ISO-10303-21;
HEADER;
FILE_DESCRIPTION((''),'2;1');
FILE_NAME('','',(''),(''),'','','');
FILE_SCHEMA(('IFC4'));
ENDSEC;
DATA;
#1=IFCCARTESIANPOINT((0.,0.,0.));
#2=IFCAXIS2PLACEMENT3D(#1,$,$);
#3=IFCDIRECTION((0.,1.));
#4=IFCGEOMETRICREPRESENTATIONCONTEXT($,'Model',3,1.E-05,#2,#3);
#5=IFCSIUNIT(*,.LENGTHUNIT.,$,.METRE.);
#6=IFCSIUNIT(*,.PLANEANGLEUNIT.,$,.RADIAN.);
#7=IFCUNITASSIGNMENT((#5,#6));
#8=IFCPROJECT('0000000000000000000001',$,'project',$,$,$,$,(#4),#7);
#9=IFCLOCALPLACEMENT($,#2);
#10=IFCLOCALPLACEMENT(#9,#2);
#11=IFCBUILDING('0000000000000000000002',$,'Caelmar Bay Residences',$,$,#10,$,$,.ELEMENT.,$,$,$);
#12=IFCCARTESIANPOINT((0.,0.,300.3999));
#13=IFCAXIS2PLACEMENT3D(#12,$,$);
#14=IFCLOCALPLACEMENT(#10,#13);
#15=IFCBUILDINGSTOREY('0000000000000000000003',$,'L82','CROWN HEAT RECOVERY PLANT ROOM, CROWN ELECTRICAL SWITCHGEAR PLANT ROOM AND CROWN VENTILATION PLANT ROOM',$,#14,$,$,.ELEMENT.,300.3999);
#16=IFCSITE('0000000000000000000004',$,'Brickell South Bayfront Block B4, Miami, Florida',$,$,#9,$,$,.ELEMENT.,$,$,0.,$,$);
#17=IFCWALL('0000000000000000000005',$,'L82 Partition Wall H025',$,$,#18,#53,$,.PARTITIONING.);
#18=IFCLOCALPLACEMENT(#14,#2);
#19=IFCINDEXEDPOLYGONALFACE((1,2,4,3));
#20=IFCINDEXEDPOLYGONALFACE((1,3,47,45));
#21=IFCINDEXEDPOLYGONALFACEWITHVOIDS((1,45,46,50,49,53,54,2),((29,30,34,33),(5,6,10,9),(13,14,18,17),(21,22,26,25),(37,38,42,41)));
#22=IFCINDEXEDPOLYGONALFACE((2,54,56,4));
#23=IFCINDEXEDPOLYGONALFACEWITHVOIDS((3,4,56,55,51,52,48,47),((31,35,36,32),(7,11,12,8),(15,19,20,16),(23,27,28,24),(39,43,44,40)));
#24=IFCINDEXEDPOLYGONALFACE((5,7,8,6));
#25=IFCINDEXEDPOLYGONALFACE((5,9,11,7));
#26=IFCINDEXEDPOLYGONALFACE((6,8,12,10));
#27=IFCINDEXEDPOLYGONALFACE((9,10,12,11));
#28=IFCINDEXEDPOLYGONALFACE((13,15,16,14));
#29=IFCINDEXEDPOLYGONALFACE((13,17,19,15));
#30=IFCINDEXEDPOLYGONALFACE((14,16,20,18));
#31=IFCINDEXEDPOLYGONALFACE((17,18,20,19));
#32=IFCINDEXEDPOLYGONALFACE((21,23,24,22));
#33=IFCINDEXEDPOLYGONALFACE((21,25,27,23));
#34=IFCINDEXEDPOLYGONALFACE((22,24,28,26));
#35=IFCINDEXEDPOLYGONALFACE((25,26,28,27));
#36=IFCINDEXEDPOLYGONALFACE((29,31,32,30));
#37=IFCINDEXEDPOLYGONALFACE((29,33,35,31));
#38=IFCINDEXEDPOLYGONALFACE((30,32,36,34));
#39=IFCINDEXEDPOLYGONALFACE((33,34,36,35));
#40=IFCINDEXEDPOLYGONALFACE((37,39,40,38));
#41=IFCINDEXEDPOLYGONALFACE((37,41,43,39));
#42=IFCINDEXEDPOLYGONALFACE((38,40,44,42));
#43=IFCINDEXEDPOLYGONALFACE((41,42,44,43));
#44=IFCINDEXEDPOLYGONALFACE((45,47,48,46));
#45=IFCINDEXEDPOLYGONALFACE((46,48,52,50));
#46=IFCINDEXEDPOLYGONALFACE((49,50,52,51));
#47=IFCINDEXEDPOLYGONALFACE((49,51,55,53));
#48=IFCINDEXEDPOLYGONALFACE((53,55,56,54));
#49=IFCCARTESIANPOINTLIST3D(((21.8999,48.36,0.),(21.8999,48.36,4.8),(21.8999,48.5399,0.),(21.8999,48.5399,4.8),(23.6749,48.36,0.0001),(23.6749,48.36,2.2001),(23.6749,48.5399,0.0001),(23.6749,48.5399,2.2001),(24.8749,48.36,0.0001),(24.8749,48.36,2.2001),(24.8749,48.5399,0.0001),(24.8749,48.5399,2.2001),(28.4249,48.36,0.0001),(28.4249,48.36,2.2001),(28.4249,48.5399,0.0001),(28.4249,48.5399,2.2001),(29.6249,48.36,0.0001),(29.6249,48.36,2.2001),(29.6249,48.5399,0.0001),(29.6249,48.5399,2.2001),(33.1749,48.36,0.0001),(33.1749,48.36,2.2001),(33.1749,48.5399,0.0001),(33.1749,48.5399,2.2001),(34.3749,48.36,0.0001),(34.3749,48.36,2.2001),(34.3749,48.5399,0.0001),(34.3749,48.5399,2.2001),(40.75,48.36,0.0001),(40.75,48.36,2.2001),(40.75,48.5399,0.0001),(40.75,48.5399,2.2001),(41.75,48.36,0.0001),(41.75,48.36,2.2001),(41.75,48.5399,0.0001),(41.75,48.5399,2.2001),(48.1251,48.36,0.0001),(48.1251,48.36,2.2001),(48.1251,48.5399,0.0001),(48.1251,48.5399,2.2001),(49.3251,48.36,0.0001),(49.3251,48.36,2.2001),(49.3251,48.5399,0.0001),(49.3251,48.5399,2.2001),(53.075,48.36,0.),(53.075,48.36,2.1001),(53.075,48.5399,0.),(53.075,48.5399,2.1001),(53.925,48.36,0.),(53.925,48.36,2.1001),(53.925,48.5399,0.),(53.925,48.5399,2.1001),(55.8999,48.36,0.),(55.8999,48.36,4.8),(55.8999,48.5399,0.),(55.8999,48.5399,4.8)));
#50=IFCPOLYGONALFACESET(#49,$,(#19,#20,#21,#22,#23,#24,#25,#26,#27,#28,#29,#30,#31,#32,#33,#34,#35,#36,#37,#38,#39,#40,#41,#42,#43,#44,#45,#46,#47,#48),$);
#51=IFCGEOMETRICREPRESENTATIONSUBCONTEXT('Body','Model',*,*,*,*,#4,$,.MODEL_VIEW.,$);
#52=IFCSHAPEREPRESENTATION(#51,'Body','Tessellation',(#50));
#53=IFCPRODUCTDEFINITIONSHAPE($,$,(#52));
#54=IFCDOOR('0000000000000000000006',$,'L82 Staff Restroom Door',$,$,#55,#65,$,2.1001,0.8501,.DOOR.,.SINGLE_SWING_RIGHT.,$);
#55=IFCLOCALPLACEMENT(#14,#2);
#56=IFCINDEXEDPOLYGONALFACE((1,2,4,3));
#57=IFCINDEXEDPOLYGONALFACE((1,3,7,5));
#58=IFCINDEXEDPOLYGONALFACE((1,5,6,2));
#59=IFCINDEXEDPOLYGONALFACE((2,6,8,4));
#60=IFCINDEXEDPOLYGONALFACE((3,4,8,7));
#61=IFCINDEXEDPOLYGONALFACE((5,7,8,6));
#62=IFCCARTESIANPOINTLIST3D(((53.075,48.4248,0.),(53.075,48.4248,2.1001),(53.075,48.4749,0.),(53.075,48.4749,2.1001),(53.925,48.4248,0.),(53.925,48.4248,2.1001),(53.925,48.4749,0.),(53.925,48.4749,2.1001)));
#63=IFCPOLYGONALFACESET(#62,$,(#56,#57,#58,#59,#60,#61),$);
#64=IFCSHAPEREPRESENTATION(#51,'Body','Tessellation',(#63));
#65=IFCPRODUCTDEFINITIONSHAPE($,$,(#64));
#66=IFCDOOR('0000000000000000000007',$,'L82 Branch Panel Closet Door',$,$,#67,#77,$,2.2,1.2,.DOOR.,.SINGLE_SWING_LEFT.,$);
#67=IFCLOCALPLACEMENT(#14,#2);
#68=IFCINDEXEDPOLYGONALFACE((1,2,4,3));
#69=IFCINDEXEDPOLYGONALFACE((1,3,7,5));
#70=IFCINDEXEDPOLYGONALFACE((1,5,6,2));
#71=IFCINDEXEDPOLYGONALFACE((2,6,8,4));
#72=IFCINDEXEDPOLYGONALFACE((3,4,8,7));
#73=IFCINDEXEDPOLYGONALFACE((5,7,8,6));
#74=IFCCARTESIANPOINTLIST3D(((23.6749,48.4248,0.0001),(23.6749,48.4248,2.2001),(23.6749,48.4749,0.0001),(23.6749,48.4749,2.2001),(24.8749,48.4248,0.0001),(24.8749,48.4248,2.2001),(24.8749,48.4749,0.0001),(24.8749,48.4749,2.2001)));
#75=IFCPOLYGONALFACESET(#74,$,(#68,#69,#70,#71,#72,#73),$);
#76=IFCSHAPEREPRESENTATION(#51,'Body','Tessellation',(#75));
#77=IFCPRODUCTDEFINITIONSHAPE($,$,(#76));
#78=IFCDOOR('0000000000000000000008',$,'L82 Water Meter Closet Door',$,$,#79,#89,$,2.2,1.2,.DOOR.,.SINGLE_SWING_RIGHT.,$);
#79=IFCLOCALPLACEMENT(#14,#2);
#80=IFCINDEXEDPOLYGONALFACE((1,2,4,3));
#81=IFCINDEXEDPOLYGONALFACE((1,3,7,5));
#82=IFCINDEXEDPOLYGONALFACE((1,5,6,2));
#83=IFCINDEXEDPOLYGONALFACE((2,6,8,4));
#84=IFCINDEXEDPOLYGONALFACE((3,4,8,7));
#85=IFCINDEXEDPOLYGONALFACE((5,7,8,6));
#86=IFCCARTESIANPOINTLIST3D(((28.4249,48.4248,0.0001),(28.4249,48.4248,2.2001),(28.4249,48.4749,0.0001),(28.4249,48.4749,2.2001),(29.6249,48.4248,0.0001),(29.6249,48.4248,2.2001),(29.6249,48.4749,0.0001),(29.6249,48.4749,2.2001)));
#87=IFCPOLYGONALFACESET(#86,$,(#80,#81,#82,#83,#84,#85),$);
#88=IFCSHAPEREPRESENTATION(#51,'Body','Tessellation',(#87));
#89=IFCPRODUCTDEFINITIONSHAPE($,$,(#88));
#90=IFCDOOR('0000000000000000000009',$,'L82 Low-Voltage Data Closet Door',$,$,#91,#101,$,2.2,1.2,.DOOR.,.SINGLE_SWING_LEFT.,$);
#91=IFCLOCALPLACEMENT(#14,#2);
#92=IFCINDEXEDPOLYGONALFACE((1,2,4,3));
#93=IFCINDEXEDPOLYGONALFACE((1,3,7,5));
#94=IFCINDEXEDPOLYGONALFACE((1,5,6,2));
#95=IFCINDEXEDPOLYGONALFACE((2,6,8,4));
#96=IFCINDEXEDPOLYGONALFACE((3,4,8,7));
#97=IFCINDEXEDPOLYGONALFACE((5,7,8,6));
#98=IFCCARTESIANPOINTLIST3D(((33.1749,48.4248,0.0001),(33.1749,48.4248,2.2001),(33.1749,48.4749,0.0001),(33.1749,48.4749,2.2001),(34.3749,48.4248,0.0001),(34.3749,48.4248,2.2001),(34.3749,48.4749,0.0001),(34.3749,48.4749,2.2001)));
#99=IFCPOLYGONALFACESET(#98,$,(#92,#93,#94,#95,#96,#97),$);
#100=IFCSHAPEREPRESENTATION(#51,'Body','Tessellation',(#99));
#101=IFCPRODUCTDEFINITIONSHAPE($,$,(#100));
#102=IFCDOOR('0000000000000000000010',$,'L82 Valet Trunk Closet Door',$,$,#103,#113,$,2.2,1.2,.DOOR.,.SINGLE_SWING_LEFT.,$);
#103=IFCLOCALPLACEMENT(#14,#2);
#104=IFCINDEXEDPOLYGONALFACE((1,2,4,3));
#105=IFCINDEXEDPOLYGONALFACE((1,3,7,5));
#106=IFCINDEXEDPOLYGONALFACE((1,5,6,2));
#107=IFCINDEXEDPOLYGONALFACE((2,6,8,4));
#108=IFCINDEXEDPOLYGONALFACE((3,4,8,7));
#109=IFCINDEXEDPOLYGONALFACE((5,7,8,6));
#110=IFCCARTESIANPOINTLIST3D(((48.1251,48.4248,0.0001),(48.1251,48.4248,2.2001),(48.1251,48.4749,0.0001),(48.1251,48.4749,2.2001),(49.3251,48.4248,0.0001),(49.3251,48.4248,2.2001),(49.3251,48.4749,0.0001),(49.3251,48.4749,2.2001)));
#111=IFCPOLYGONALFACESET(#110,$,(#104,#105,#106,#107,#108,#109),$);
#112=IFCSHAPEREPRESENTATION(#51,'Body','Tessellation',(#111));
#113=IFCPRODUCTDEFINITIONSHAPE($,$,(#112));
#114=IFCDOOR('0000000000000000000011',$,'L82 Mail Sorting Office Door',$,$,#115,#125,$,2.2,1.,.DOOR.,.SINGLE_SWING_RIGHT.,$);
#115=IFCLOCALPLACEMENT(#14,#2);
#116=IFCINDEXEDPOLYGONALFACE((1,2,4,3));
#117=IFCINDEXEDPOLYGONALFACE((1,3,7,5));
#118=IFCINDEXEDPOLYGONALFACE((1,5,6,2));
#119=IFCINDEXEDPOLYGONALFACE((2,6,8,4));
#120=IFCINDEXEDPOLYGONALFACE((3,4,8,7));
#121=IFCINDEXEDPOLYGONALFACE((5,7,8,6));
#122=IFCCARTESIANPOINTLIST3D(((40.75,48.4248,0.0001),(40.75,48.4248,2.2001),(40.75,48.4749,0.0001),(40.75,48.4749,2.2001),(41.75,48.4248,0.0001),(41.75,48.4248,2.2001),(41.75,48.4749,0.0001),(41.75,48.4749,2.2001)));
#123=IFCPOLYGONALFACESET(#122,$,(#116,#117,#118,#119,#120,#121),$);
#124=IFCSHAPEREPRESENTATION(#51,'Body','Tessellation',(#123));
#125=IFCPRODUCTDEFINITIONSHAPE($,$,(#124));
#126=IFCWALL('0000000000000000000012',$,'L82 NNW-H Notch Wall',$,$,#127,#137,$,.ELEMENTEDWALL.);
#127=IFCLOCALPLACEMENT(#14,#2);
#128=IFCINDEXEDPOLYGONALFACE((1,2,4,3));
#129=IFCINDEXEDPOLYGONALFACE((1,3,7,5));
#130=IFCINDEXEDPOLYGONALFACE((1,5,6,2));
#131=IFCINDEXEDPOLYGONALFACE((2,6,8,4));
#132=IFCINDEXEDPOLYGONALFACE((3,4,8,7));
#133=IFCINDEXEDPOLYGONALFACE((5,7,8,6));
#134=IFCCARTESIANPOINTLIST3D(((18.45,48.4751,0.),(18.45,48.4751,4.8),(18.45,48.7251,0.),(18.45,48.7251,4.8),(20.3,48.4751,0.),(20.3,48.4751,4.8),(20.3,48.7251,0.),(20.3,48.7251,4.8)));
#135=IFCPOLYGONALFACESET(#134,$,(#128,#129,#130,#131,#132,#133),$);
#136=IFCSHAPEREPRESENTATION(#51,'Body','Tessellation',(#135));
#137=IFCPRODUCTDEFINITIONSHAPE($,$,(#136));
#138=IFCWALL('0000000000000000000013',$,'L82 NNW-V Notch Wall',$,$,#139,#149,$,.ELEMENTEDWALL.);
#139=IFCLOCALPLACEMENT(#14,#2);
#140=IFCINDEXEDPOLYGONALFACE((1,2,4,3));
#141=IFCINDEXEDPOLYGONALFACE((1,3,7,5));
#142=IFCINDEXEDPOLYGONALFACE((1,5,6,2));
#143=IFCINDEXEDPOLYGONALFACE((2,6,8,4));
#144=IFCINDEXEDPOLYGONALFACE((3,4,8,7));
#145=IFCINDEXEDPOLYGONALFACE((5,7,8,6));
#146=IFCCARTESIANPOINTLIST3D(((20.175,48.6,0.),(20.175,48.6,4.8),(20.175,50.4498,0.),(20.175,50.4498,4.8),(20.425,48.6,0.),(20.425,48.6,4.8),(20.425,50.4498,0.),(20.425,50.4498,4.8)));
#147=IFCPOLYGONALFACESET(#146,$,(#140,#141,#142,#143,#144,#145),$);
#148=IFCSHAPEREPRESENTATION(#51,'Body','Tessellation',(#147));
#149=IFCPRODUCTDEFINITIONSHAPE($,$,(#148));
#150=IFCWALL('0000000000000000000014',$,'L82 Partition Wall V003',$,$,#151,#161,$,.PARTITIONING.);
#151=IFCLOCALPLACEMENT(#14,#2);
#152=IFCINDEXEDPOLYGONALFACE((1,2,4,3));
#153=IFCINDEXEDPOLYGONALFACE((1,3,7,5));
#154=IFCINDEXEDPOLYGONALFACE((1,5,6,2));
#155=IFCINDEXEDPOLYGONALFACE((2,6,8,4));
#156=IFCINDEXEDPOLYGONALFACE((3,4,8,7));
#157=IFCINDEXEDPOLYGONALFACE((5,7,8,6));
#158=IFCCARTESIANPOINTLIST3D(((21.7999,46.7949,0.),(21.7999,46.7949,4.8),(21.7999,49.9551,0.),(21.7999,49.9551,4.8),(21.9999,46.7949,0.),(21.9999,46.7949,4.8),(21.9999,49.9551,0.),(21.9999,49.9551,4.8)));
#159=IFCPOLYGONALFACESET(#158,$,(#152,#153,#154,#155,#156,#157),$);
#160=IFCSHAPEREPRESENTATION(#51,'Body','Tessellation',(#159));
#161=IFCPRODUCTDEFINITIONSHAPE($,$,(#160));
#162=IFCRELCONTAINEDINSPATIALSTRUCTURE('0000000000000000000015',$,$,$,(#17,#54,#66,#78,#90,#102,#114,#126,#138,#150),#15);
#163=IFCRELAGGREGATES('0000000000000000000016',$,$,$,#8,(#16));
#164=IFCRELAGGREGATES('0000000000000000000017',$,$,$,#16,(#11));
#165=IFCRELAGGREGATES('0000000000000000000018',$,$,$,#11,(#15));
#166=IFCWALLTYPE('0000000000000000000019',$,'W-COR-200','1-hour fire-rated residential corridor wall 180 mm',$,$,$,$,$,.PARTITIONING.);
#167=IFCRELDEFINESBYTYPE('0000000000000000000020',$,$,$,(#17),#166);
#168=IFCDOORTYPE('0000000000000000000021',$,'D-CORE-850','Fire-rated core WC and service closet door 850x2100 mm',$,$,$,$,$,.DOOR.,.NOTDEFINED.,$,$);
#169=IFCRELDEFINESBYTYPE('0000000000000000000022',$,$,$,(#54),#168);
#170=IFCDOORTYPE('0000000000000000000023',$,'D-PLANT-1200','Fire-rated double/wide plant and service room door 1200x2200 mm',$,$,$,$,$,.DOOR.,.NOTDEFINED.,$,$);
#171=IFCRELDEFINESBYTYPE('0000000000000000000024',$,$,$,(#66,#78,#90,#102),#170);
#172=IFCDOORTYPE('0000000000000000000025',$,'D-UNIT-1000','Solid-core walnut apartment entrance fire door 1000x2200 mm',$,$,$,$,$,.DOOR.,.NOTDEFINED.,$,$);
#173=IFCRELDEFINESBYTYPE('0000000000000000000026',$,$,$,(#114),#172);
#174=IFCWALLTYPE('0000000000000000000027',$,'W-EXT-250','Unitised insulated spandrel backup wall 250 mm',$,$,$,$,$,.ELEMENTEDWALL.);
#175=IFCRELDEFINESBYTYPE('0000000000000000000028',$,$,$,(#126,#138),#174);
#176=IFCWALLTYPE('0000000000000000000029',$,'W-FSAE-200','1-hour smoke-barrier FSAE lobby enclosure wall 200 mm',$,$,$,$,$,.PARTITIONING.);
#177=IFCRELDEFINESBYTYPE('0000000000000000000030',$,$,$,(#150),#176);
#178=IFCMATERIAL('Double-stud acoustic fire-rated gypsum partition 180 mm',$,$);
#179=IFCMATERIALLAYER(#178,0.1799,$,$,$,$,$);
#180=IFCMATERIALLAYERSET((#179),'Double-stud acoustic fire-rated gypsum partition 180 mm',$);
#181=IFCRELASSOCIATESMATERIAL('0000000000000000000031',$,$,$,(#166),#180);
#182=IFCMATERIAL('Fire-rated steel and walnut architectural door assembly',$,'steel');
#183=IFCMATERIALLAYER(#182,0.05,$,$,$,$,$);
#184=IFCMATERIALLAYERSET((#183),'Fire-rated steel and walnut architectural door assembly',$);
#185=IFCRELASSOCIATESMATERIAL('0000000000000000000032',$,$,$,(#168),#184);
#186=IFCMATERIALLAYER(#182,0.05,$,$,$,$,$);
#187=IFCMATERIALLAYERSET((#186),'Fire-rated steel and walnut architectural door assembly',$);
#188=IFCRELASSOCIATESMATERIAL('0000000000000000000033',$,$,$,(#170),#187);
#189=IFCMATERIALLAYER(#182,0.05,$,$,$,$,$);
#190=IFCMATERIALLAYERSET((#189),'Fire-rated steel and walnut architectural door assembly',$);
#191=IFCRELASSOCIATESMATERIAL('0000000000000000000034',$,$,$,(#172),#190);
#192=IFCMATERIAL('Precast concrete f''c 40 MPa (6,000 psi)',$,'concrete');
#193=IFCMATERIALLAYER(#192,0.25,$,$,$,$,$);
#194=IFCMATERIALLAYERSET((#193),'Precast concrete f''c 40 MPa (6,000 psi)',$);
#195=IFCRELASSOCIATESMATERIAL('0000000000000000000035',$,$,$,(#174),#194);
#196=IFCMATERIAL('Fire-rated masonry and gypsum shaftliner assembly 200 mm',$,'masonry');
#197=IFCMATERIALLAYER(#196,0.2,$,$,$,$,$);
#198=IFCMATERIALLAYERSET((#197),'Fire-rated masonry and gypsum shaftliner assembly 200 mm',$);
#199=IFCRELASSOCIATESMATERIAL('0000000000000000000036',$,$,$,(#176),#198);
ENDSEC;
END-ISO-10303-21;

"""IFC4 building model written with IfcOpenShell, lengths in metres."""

from ifc_helpers import new_model, si_unit, direction, frame, frame_2d, origin, place, context, subcontext, project, spatial, rectangle, extrude, material, layer, layer_set, type_object, element, fill, save


model = new_model("IFC4")

# Units and contexts
model_context = context("Model", 3, precision=1e-05, world=origin(), true_north=direction((0.0, 1.0)))
body_context = subcontext(model_context, "Body", "Model", "MODEL_VIEW")
ifc_project = project(units=[si_unit("LENGTHUNIT", "METRE"), si_unit("PLANEANGLEUNIT", "RADIAN")], contexts=[model_context])

# Site, building, storey
site_placement = place(None, origin())
site = spatial("IfcSite", under=ifc_project, at=site_placement, Name="Brickell South Bayfront Block B4, Miami, Florida", CompositionType="ELEMENT", RefElevation=0.0)
building_placement = place(site_placement, origin())
building = spatial("IfcBuilding", under=site, at=building_placement, Name="Caelmar Bay Residences", CompositionType="ELEMENT")
storey_placement = place(building_placement, frame((0.0, 0.0, 300.3999)))
storey = spatial("IfcBuildingStorey", under=building, at=storey_placement, Name="L82", Description="CROWN HEAT RECOVERY PLANT ROOM, CROWN ELECTRICAL SWITCHGEAR PLANT ROOM AND CROWN VENTILATION PLANT ROOM", CompositionType="ELEMENT", Elevation=300.3999)

# Shared definitions
ifc_material_1 = material(Name="Fire-rated steel and walnut architectural door assembly", Category="steel")

# Shared definitions
ifc_material_2 = material(Name="Double-stud acoustic fire-rated gypsum partition 180 mm")
ifc_layer_1 = layer(ifc_material_2, 0.1799)
ifc_layer_set_1 = layer_set([ifc_layer_1], Name="Double-stud acoustic fire-rated gypsum partition 180 mm")
wall_type_1 = type_object("IfcWallType", Name="W-COR-200", Description="1-hour fire-rated residential corridor wall 180 mm", PredefinedType="PARTITIONING", material=ifc_layer_set_1)

# Wall, openings, doors
wall_1_placement = place(storey_placement, frame((21.8999, 48.45, 0.0), z_axis=(0.0, 0.0, 1.0), x_axis=(1.0, 0.0, 0.0)))
wall_1 = element("IfcWall", 1, at=wall_1_placement, inside=storey, type_object=wall_type_1, Name="L82 Partition Wall H025", PredefinedType="PARTITIONING", context=body_context, shape_type="SweptSolid", body=[
    extrude(rectangle(XDim=34.0, YDim=0.1799, at=frame_2d((17.0, 0.0))), origin(), (0.0, 0.0, 1.0), 4.8),
])
opening_1_placement = place(wall_1_placement, frame((1.7749, 0.0, 0.0)))
opening_1 = element("IfcOpeningElement", 2, at=opening_1_placement, cuts=wall_1, PredefinedType="OPENING", context=body_context, shape_type="SweptSolid", body=[
    extrude(rectangle(XDim=1.2, YDim=2.2, at=frame_2d((0.6001, 1.1001))), frame((0.0, 0.0999, 0.0), z_axis=(0.0, -1.0, 0.0), x_axis=(1.0, 0.0, 0.0)), (0.0, 0.0, 1.0), 0.2),
])
opening_2_placement = place(wall_1_placement, frame((6.5249, 0.0, 0.0)))
opening_2 = element("IfcOpeningElement", 3, at=opening_2_placement, cuts=wall_1, PredefinedType="OPENING", context=body_context, shape_type="SweptSolid", body=[
    extrude(rectangle(XDim=1.2, YDim=2.2, at=frame_2d((0.6001, 1.1001))), frame((0.0, 0.0999, 0.0), z_axis=(0.0, -1.0, 0.0), x_axis=(1.0, 0.0, 0.0)), (0.0, 0.0, 1.0), 0.2),
])
opening_3_placement = place(wall_1_placement, frame((11.2749, 0.0, 0.0)))
opening_3 = element("IfcOpeningElement", 4, at=opening_3_placement, cuts=wall_1, PredefinedType="OPENING", context=body_context, shape_type="SweptSolid", body=[
    extrude(rectangle(XDim=1.2, YDim=2.2, at=frame_2d((0.6001, 1.1001))), frame((0.0, 0.0999, 0.0), z_axis=(0.0, -1.0, 0.0), x_axis=(1.0, 0.0, 0.0)), (0.0, 0.0, 1.0), 0.2),
])
opening_4_placement = place(wall_1_placement, frame((18.8501, 0.0, 0.0)))
opening_4 = element("IfcOpeningElement", 5, at=opening_4_placement, cuts=wall_1, PredefinedType="OPENING", context=body_context, shape_type="SweptSolid", body=[
    extrude(rectangle(XDim=1.0, YDim=2.2, at=frame_2d((0.5, 1.1001))), frame((0.0, 0.0999, 0.0), z_axis=(0.0, -1.0, 0.0), x_axis=(1.0, 0.0, 0.0)), (0.0, 0.0, 1.0), 0.2),
])
opening_5_placement = place(wall_1_placement, frame((26.2251, 0.0, 0.0)))
opening_5 = element("IfcOpeningElement", 6, at=opening_5_placement, cuts=wall_1, PredefinedType="OPENING", context=body_context, shape_type="SweptSolid", body=[
    extrude(rectangle(XDim=1.2, YDim=2.2, at=frame_2d((0.6001, 1.1001))), frame((0.0, 0.0999, 0.0), z_axis=(0.0, -1.0, 0.0), x_axis=(1.0, 0.0, 0.0)), (0.0, 0.0, 1.0), 0.2),
])
opening_6_placement = place(wall_1_placement, frame((31.175, 0.0, 0.0)))
opening_6 = element("IfcOpeningElement", 7, at=opening_6_placement, cuts=wall_1, PredefinedType="OPENING", context=body_context, shape_type="SweptSolid", body=[
    extrude(rectangle(XDim=0.8501, YDim=2.1001, at=frame_2d((0.425, 1.05))), frame((0.0, 0.0999, 0.0), z_axis=(0.0, -1.0, 0.0), x_axis=(1.0, 0.0, 0.0)), (0.0, 0.0, 1.0), 0.2),
])
ifc_layer_2 = layer(ifc_material_1, 0.05)
ifc_layer_set_2 = layer_set([ifc_layer_2], Name="Fire-rated steel and walnut architectural door assembly")
door_type_1 = type_object("IfcDoorType", Name="D-CORE-850", Description="Fire-rated core WC and service closet door 850x2100 mm", OperationType="NOTDEFINED", PredefinedType="DOOR", material=ifc_layer_set_2)
door_1_placement = place(opening_6_placement, origin())
door_1 = element("IfcDoor", 8, at=door_1_placement, inside=storey, type_object=door_type_1, Name="L82 Staff Restroom Door", OperationType="SINGLE_SWING_RIGHT", OverallHeight=2.1001, OverallWidth=0.8501, PredefinedType="DOOR", context=body_context, shape_type="SweptSolid", body=[
    extrude(rectangle(XDim=0.8501, YDim=2.1001, at=frame_2d((0.425, 1.05))), frame((0.0, 0.0249, 0.0), z_axis=(0.0, -1.0, 0.0), x_axis=(1.0, 0.0, 0.0)), (0.0, 0.0, 1.0), 0.05),
])
fill(opening_6, door_1)
ifc_layer_3 = layer(ifc_material_1, 0.05)
ifc_layer_set_3 = layer_set([ifc_layer_3], Name="Fire-rated steel and walnut architectural door assembly")
door_type_2 = type_object("IfcDoorType", Name="D-PLANT-1200", Description="Fire-rated double/wide plant and service room door 1200x2200 mm", OperationType="NOTDEFINED", PredefinedType="DOOR", material=ifc_layer_set_3)
door_2_placement = place(opening_1_placement, origin())
door_2 = element("IfcDoor", 9, at=door_2_placement, inside=storey, type_object=door_type_2, Name="L82 Branch Panel Closet Door", OperationType="SINGLE_SWING_LEFT", OverallHeight=2.2, OverallWidth=1.2, PredefinedType="DOOR", context=body_context, shape_type="SweptSolid", body=[
    extrude(rectangle(XDim=1.2, YDim=2.2, at=frame_2d((0.6001, 1.1001))), frame((0.0, 0.0249, 0.0), z_axis=(0.0, -1.0, 0.0), x_axis=(1.0, 0.0, 0.0)), (0.0, 0.0, 1.0), 0.05),
])
fill(opening_1, door_2)
door_3_placement = place(opening_2_placement, origin())
door_3 = element("IfcDoor", 10, at=door_3_placement, inside=storey, type_object=door_type_2, Name="L82 Water Meter Closet Door", OperationType="SINGLE_SWING_RIGHT", OverallHeight=2.2, OverallWidth=1.2, PredefinedType="DOOR", context=body_context, shape_type="SweptSolid", body=[
    extrude(rectangle(XDim=1.2, YDim=2.2, at=frame_2d((0.6001, 1.1001))), frame((0.0, 0.0249, 0.0), z_axis=(0.0, -1.0, 0.0), x_axis=(1.0, 0.0, 0.0)), (0.0, 0.0, 1.0), 0.05),
])
fill(opening_2, door_3)
door_4_placement = place(opening_3_placement, origin())
door_4 = element("IfcDoor", 11, at=door_4_placement, inside=storey, type_object=door_type_2, Name="L82 Low-Voltage Data Closet Door", OperationType="SINGLE_SWING_LEFT", OverallHeight=2.2, OverallWidth=1.2, PredefinedType="DOOR", context=body_context, shape_type="SweptSolid", body=[
    extrude(rectangle(XDim=1.2, YDim=2.2, at=frame_2d((0.6001, 1.1001))), frame((0.0, 0.0249, 0.0), z_axis=(0.0, -1.0, 0.0), x_axis=(1.0, 0.0, 0.0)), (0.0, 0.0, 1.0), 0.05),
])
fill(opening_3, door_4)
door_5_placement = place(opening_5_placement, origin())
door_5 = element("IfcDoor", 12, at=door_5_placement, inside=storey, type_object=door_type_2, Name="L82 Valet Trunk Closet Door", OperationType="SINGLE_SWING_LEFT", OverallHeight=2.2, OverallWidth=1.2, PredefinedType="DOOR", context=body_context, shape_type="SweptSolid", body=[
    extrude(rectangle(XDim=1.2, YDim=2.2, at=frame_2d((0.6001, 1.1001))), frame((0.0, 0.0249, 0.0), z_axis=(0.0, -1.0, 0.0), x_axis=(1.0, 0.0, 0.0)), (0.0, 0.0, 1.0), 0.05),
])
fill(opening_5, door_5)
ifc_layer_4 = layer(ifc_material_1, 0.05)
ifc_layer_set_4 = layer_set([ifc_layer_4], Name="Fire-rated steel and walnut architectural door assembly")
door_type_3 = type_object("IfcDoorType", Name="D-UNIT-1000", Description="Solid-core walnut apartment entrance fire door 1000x2200 mm", OperationType="NOTDEFINED", PredefinedType="DOOR", material=ifc_layer_set_4)
door_6_placement = place(opening_4_placement, origin())
door_6 = element("IfcDoor", 13, at=door_6_placement, inside=storey, type_object=door_type_3, Name="L82 Mail Sorting Office Door", OperationType="SINGLE_SWING_RIGHT", OverallHeight=2.2, OverallWidth=1.0, PredefinedType="DOOR", context=body_context, shape_type="SweptSolid", body=[
    extrude(rectangle(XDim=1.0, YDim=2.2, at=frame_2d((0.5, 1.1001))), frame((0.0, 0.0249, 0.0), z_axis=(0.0, -1.0, 0.0), x_axis=(1.0, 0.0, 0.0)), (0.0, 0.0, 1.0), 0.05),
])
fill(opening_4, door_6)

# Walls
ifc_material_3 = material(Name="Precast concrete f'c 40 MPa (6,000 psi)", Category="concrete")
ifc_layer_5 = layer(ifc_material_3, 0.25)
ifc_layer_set_5 = layer_set([ifc_layer_5], Name="Precast concrete f'c 40 MPa (6,000 psi)")
wall_type_2 = type_object("IfcWallType", Name="W-EXT-250", Description="Unitised insulated spandrel backup wall 250 mm", PredefinedType="ELEMENTEDWALL", material=ifc_layer_set_5)
wall_2_placement = place(storey_placement, frame((18.45, 48.6001, 0.0), z_axis=(0.0, 0.0, 1.0), x_axis=(1.0, 0.0, 0.0)))
element("IfcWall", 14, at=wall_2_placement, inside=storey, type_object=wall_type_2, Name="L82 NNW-H Notch Wall", PredefinedType="ELEMENTEDWALL", context=body_context, shape_type="SweptSolid", body=[
    extrude(rectangle(XDim=1.8501, YDim=0.25, at=frame_2d((0.925, 0.0))), origin(), (0.0, 0.0, 1.0), 4.8),
])
wall_3_placement = place(storey_placement, frame((20.3, 48.6001, 0.0), z_axis=(0.0, 0.0, 1.0), x_axis=(0.0, 1.0, 0.0)))
element("IfcWall", 15, at=wall_3_placement, inside=storey, type_object=wall_type_2, Name="L82 NNW-V Notch Wall", PredefinedType="ELEMENTEDWALL", context=body_context, shape_type="SweptSolid", body=[
    extrude(rectangle(XDim=1.8499, YDim=0.25, at=frame_2d((0.9248, 0.0))), origin(), (0.0, 0.0, 1.0), 4.8),
])
ifc_material_4 = material(Name="Fire-rated masonry and gypsum shaftliner assembly 200 mm", Category="masonry")
ifc_layer_6 = layer(ifc_material_4, 0.2)
ifc_layer_set_6 = layer_set([ifc_layer_6], Name="Fire-rated masonry and gypsum shaftliner assembly 200 mm")
wall_type_3 = type_object("IfcWallType", Name="W-FSAE-200", Description="1-hour smoke-barrier FSAE lobby enclosure wall 200 mm", PredefinedType="PARTITIONING", material=ifc_layer_set_6)
wall_4_placement = place(storey_placement, frame((21.8999, 46.7949, 0.0), z_axis=(0.0, 0.0, 1.0), x_axis=(0.0, 1.0, 0.0)))
element("IfcWall", 16, at=wall_4_placement, inside=storey, type_object=wall_type_3, Name="L82 Partition Wall V003", PredefinedType="PARTITIONING", context=body_context, shape_type="SweptSolid", body=[
    extrude(rectangle(XDim=3.1602, YDim=0.2, at=frame_2d((1.5801, 0.0))), origin(), (0.0, 0.0, 1.0), 4.8),
])

save(model, "model.ifc")
